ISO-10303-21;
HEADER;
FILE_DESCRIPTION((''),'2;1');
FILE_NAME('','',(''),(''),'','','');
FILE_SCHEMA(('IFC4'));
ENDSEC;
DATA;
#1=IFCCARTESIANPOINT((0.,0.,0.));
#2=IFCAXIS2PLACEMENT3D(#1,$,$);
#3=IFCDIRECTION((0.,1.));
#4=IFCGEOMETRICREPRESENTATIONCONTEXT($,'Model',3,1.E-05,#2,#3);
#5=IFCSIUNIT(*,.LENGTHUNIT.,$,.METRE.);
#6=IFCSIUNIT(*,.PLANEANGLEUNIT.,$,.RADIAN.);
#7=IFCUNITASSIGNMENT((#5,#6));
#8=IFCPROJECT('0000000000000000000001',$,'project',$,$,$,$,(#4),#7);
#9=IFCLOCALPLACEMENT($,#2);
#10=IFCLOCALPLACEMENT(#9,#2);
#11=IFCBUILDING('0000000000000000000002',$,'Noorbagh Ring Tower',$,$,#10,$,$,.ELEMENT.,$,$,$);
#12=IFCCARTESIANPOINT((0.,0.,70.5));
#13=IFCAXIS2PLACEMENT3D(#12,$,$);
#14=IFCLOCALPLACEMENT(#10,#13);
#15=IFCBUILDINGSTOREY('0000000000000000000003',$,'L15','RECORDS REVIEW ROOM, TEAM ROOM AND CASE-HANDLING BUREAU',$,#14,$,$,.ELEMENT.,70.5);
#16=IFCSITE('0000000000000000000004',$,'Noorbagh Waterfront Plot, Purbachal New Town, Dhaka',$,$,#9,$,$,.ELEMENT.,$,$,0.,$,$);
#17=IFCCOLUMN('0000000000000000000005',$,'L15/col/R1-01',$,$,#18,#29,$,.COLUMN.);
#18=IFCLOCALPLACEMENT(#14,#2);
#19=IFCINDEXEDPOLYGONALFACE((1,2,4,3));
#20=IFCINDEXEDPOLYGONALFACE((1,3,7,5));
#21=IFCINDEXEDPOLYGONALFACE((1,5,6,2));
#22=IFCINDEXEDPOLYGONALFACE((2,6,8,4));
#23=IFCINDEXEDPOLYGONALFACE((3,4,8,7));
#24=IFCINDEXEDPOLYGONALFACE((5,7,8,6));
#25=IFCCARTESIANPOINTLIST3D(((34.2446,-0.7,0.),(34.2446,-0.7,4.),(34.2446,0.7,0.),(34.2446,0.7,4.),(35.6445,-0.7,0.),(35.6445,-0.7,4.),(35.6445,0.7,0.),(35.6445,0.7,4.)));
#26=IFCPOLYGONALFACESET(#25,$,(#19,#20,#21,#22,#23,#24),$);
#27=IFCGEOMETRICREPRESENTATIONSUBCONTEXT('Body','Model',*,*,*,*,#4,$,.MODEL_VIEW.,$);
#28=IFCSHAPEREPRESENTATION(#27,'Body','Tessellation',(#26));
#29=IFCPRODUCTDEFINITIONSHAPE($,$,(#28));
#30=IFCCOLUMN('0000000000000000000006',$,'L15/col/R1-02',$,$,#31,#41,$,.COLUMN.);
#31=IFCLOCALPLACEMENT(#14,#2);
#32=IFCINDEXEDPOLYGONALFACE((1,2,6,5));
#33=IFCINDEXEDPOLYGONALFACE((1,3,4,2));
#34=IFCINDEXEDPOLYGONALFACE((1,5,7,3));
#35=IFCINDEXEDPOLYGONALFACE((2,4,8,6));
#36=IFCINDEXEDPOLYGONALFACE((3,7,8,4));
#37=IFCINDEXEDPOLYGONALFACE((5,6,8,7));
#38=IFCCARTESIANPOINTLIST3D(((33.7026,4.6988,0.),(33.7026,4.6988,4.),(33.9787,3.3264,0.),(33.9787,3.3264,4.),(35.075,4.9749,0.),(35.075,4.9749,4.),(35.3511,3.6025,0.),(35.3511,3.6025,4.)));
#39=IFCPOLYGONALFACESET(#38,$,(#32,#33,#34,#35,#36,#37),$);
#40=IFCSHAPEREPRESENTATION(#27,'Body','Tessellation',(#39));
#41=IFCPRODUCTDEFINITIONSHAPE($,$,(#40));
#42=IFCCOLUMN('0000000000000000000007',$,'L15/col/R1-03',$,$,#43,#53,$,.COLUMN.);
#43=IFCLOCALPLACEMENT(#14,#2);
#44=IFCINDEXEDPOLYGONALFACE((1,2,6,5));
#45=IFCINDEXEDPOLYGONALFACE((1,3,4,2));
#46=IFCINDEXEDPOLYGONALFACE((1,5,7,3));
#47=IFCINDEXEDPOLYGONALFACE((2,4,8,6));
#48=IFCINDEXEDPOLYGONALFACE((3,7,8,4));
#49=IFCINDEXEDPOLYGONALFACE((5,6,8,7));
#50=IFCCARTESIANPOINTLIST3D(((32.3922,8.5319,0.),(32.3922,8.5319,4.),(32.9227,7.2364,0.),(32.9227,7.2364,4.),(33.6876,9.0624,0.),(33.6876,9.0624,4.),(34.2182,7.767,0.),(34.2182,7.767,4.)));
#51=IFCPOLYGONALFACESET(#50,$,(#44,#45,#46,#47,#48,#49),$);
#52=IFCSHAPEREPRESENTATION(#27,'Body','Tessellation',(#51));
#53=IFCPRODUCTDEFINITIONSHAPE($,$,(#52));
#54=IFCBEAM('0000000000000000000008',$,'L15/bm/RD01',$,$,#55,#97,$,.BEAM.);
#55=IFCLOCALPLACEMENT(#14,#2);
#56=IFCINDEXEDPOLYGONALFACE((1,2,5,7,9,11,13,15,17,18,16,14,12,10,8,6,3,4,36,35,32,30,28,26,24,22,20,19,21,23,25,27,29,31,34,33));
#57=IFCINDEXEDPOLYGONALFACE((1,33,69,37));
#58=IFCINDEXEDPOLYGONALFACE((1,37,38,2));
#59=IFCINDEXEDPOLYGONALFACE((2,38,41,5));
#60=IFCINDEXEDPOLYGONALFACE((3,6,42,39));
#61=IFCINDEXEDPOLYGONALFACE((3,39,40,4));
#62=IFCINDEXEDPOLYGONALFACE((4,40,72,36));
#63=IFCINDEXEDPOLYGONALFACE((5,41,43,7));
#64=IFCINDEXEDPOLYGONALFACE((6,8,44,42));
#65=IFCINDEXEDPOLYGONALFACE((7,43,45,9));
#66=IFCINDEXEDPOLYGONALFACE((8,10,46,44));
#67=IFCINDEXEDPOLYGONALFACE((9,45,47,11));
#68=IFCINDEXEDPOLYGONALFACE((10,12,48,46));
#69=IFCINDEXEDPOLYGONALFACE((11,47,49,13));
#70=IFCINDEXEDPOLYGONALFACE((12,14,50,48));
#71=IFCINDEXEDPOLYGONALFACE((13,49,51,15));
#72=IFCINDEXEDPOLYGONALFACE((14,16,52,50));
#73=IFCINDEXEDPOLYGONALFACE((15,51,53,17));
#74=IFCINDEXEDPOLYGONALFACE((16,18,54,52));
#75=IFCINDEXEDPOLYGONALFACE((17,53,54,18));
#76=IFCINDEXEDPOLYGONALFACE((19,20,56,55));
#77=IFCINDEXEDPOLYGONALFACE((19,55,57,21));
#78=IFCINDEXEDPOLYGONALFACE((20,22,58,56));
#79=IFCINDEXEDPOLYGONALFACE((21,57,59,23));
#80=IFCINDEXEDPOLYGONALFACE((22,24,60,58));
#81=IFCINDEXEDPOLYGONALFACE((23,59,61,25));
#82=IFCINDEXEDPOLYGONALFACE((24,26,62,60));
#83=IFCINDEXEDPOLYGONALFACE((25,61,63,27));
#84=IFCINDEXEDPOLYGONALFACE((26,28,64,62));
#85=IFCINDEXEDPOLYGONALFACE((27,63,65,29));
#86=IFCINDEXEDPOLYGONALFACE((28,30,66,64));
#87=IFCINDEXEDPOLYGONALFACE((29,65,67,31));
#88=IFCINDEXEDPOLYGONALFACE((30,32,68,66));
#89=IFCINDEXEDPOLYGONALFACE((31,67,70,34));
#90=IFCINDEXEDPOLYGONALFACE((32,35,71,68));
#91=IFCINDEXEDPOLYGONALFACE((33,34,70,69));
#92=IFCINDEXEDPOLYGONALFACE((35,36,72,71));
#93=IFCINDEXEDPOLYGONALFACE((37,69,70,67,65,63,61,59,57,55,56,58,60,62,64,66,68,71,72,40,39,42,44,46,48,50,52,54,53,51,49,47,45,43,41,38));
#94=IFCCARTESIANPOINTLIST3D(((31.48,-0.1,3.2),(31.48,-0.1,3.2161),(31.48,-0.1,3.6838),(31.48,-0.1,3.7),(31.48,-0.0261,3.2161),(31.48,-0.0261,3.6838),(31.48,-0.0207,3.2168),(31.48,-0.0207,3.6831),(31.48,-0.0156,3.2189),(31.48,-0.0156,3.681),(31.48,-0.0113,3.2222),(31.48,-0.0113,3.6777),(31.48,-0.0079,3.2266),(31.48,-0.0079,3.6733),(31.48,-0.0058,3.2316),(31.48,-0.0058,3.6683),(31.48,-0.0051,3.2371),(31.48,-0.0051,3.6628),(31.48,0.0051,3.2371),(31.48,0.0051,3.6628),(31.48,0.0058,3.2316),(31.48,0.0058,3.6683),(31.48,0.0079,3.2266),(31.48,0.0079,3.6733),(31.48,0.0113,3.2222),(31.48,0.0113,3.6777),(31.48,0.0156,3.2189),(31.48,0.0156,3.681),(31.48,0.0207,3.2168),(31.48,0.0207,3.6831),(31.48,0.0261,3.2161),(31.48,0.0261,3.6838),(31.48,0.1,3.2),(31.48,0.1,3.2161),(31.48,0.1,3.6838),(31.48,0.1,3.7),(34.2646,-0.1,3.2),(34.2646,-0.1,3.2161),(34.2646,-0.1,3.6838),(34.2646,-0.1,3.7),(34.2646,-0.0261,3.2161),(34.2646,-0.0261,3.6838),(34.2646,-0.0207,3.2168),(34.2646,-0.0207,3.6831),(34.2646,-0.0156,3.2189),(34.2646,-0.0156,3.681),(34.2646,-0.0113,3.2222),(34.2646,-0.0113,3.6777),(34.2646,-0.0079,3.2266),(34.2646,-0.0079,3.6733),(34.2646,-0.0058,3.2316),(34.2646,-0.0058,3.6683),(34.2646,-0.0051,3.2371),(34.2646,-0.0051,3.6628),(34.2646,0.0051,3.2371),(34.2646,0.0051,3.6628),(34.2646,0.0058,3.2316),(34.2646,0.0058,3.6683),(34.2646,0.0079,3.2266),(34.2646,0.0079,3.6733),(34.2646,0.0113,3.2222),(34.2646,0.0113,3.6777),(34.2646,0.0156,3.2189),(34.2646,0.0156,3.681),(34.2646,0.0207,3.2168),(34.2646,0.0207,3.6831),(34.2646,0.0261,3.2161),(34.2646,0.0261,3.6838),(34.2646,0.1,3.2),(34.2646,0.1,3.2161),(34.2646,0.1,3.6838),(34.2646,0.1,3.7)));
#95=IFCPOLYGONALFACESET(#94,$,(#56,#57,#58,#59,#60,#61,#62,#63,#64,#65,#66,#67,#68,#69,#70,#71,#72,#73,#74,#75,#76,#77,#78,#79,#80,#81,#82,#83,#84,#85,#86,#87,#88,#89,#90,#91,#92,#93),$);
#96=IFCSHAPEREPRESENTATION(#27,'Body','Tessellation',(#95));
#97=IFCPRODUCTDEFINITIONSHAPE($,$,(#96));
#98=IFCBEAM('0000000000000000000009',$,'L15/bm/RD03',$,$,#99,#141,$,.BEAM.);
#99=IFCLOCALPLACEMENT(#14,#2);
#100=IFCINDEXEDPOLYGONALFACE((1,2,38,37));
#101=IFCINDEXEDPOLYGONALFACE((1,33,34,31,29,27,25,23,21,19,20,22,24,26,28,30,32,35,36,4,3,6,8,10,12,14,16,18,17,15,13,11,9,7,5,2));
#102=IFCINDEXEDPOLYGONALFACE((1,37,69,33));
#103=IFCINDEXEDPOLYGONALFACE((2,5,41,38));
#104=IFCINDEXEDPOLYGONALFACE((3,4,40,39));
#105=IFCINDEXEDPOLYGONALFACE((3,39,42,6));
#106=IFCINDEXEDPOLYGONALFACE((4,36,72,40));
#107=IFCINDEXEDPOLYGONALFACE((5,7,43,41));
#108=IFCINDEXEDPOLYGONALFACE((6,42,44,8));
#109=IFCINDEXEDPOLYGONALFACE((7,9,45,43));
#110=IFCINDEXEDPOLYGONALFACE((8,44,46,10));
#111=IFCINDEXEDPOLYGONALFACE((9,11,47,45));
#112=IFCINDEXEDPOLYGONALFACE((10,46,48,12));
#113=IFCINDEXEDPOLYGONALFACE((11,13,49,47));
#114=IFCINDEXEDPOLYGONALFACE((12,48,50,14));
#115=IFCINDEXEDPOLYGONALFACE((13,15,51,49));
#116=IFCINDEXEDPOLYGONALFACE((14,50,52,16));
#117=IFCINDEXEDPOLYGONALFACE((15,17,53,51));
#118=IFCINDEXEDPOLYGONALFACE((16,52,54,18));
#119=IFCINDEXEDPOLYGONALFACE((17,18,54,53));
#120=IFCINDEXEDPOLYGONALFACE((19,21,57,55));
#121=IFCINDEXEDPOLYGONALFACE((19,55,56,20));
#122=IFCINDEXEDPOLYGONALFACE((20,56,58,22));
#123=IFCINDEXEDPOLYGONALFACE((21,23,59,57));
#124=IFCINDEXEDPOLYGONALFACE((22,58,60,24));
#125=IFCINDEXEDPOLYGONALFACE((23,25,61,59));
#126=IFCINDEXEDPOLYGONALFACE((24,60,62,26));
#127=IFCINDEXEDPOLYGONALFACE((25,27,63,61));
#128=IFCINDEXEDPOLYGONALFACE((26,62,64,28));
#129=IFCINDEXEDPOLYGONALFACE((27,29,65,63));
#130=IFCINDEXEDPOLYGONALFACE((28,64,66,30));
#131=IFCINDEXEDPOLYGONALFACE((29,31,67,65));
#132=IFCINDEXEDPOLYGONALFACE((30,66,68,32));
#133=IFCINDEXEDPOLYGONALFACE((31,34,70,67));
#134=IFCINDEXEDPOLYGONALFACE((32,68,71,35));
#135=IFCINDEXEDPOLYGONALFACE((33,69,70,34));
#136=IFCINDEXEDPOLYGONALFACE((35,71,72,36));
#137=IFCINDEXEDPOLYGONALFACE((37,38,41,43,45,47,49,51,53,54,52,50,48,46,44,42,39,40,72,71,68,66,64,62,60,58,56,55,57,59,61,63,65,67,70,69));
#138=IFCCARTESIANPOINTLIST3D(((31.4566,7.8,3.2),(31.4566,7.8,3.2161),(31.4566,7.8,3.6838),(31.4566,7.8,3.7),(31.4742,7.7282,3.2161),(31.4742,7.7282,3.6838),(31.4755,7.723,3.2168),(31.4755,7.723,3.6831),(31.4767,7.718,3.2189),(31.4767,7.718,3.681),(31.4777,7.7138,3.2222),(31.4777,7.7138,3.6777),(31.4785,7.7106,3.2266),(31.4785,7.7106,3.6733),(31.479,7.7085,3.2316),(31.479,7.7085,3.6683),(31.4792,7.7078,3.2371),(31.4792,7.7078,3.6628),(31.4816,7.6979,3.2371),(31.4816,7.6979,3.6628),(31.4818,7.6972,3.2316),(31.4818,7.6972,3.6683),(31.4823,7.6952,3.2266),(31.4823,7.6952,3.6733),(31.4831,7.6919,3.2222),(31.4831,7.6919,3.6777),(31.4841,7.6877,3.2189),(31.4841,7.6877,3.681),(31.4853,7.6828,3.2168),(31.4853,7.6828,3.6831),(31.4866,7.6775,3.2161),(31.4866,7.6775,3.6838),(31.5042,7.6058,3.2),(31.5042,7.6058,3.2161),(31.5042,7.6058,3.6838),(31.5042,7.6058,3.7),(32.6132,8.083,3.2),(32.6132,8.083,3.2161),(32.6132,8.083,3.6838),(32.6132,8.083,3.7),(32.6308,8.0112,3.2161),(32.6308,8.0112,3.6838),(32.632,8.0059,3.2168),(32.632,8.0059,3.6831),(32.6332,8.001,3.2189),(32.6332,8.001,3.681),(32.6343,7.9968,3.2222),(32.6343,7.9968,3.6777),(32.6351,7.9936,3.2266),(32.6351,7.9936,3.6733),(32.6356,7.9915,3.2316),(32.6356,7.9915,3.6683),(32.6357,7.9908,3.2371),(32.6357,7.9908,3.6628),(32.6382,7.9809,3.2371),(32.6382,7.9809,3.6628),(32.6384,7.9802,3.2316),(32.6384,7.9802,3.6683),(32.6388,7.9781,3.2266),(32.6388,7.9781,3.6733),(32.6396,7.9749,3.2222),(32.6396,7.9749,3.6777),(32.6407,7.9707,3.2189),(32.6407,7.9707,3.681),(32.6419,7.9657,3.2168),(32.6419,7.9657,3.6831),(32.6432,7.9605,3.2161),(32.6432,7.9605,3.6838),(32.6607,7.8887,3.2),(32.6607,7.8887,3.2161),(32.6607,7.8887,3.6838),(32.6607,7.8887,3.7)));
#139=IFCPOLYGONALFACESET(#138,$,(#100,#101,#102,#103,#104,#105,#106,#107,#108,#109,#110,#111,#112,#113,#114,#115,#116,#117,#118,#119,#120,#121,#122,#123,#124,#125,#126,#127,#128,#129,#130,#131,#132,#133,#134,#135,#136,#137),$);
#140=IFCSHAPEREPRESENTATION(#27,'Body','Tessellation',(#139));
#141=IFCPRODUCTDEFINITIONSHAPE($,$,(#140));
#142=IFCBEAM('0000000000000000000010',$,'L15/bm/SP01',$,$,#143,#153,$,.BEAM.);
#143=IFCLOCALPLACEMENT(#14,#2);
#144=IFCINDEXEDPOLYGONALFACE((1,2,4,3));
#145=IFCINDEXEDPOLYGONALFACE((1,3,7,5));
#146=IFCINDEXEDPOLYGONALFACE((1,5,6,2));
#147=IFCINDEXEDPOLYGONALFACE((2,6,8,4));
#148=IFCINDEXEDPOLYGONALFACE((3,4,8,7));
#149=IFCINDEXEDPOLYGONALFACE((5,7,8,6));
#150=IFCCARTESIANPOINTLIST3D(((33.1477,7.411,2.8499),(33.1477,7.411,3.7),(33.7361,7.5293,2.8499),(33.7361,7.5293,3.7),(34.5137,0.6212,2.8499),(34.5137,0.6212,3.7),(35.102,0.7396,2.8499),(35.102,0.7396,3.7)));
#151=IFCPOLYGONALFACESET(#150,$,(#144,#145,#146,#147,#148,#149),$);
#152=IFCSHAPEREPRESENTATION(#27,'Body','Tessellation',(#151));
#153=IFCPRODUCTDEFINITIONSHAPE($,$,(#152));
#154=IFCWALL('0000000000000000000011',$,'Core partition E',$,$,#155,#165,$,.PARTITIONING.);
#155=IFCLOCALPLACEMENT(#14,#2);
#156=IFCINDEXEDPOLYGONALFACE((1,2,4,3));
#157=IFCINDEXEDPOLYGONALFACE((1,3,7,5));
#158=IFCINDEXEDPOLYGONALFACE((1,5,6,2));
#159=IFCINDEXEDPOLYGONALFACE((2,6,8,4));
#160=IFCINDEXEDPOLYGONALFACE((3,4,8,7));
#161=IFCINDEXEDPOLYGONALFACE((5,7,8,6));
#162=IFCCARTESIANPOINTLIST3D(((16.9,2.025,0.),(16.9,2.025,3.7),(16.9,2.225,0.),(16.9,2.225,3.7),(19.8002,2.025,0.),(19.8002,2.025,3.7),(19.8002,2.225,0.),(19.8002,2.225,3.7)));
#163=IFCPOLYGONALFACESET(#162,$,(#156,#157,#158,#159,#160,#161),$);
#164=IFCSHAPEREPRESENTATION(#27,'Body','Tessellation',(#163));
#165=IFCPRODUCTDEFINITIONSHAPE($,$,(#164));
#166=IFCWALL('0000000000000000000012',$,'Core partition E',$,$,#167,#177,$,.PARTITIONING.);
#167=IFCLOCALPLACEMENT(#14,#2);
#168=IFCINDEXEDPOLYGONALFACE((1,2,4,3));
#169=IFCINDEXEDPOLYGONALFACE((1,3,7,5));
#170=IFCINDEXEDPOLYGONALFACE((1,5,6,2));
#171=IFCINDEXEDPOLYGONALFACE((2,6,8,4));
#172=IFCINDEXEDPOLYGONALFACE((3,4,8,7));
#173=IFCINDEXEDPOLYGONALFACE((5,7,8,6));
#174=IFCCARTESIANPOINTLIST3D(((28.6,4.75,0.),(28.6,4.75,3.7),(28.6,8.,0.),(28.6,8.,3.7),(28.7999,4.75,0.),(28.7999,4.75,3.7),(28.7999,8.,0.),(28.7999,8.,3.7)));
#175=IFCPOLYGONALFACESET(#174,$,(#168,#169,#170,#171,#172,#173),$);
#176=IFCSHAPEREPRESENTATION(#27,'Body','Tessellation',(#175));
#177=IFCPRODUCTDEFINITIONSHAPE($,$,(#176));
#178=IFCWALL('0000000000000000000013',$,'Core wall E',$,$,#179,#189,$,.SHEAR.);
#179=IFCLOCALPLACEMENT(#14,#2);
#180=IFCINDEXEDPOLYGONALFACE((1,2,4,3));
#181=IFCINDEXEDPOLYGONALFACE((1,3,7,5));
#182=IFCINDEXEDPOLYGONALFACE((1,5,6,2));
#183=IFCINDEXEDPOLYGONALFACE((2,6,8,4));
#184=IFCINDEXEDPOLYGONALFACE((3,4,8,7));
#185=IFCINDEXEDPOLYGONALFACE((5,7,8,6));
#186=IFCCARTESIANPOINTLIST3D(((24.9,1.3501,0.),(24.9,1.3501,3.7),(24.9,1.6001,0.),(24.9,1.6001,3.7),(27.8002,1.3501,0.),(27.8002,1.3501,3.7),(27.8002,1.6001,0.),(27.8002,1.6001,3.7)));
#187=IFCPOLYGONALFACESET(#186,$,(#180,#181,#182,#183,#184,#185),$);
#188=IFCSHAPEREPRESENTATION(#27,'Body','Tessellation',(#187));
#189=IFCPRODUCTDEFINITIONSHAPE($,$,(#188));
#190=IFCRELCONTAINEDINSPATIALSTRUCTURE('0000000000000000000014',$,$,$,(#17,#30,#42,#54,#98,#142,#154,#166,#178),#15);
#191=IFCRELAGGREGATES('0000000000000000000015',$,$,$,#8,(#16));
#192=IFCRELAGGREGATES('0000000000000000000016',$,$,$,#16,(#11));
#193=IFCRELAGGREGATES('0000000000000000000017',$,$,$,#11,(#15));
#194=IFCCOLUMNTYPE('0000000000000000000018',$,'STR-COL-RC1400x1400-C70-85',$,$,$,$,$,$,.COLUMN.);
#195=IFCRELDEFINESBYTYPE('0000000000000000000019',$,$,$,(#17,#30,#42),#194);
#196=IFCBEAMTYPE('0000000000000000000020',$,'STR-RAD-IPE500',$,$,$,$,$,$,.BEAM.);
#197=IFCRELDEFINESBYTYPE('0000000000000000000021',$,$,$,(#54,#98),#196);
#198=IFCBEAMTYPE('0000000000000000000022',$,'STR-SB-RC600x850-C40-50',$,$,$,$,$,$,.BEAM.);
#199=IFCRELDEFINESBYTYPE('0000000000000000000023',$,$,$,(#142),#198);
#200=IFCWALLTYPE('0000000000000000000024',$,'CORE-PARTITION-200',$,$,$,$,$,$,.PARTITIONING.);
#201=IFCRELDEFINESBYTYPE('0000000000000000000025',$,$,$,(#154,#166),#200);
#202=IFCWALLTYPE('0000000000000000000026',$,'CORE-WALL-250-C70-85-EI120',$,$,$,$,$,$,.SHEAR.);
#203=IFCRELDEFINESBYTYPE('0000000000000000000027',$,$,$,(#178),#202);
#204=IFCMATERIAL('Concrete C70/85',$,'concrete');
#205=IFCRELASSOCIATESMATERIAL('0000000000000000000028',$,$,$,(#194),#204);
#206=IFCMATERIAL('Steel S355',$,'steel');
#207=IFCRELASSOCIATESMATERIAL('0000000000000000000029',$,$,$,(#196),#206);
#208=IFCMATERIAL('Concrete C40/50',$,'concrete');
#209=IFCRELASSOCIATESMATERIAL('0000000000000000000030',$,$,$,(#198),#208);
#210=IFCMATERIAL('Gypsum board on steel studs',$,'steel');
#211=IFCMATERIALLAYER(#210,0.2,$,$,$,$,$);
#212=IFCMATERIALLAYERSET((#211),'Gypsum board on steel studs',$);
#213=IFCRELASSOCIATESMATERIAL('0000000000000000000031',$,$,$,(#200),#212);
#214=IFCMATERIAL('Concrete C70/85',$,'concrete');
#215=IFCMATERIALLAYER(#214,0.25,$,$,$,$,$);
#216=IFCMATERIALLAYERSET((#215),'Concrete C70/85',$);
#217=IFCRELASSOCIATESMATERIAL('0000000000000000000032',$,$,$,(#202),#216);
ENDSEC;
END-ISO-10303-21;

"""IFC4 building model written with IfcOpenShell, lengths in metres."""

from ifc_helpers import new_model, si_unit, direction, frame, frame_2d, origin, origin_2d, place, context, subcontext, project, spatial, rectangle, i_section, extrude, material, layer, layer_set, material_profile, profile_set, type_object, element, save


model = new_model("IFC4")

# Units and contexts
model_context = context("Model", 3, precision=1e-05, world=origin(), true_north=direction((0.0, 1.0)))
body_context = subcontext(model_context, "Body", "Model", "MODEL_VIEW")
ifc_project = project(units=[si_unit("LENGTHUNIT", "METRE"), si_unit("PLANEANGLEUNIT", "RADIAN")], contexts=[model_context])

# Site, building, storey
site_placement = place(None, origin())
site = spatial("IfcSite", under=ifc_project, at=site_placement, Name="Noorbagh Waterfront Plot, Purbachal New Town, Dhaka", CompositionType="ELEMENT", RefElevation=0.0)
building_placement = place(site_placement, origin())
building = spatial("IfcBuilding", under=site, at=building_placement, Name="Noorbagh Ring Tower", CompositionType="ELEMENT")
storey_placement = place(building_placement, frame((0.0, 0.0, 70.5)))
storey = spatial("IfcBuildingStorey", under=building, at=storey_placement, Name="L15", Description="RECORDS REVIEW ROOM, TEAM ROOM AND CASE-HANDLING BUREAU", CompositionType="ELEMENT", Elevation=70.5)

# Columns
ifc_material_1 = material(Name="Concrete C70/85", Category="concrete")
ifc_material_profile_1 = material_profile(ifc_material_1, rectangle(XDim=1.3999, YDim=1.3999, at=origin_2d()), Name="RC1400x1400")
ifc_profile_set_1 = profile_set([ifc_material_profile_1], Name="Concrete C70/85")
column_type = type_object("IfcColumnType", Name="STR-COL-RC1400x1400-C70-85", PredefinedType="COLUMN", material=ifc_profile_set_1)
for number, where, z_axis, x_axis, name in (
    (1, (34.9446, 0.0, 0.0), (0.0, 0.0, 1.0), (0.0, 1.0, 0.0), "L15/col/R1-01"),
    (2, (34.5269, 4.1506, 0.0), (0.0, 0.0, 1.0), (-0.19723, 0.980357, 0.0), "L15/col/R1-02"),
    (3, (33.3052, 8.1494, 0.0), (0.0, 0.0, 1.0), (-0.378989, 0.925401, 0.0), "L15/col/R1-03"),
):
    element("IfcColumn", number, at=place(storey_placement, frame(where, z_axis=z_axis, x_axis=x_axis)), inside=storey, type_object=column_type, Name=name, PredefinedType="COLUMN", context=body_context, shape_type="SweptSolid", body=[
        extrude(rectangle(XDim=1.3999, YDim=1.3999, at=origin_2d()), origin(), (0.0, 0.0, 1.0), 4.0),
    ])

# Beams
ifc_material_2 = material(Name="Steel S355", Category="steel")
ifc_material_profile_2 = material_profile(ifc_material_2, i_section(OverallWidth=0.2, OverallDepth=0.5, WebThickness=0.0103, FlangeThickness=0.0161, FilletRadius=0.021, at=origin_2d()), Name="IPE500")
ifc_profile_set_2 = profile_set([ifc_material_profile_2], Name="Steel S355")
beam_type_1 = type_object("IfcBeamType", Name="STR-RAD-IPE500", PredefinedType="BEAM", material=ifc_profile_set_2)
beam_1_placement = place(storey_placement, frame((34.2646, 0.0, 3.45), z_axis=(-1.0, 0.0, 0.0), x_axis=(0.0, -1.0, 0.0)))
element("IfcBeam", 4, at=beam_1_placement, inside=storey, type_object=beam_type_1, Name="L15/bm/RD01", PredefinedType="BEAM", context=body_context, shape_type="SweptSolid", body=[
    extrude(i_section(OverallWidth=0.2, OverallDepth=0.5, WebThickness=0.0103, FlangeThickness=0.0161, FilletRadius=0.021, at=origin_2d()), origin(), (0.0, 0.0, 1.0), 2.7847),
])
beam_2_placement = place(storey_placement, frame((32.637, 7.9858, 3.45), z_axis=(-0.971349, -0.237659, 0.0), x_axis=(0.237659, -0.971349, 0.0)))
element("IfcBeam", 5, at=beam_2_placement, inside=storey, type_object=beam_type_1, Name="L15/bm/RD03", PredefinedType="BEAM", context=body_context, shape_type="SweptSolid", body=[
    extrude(i_section(OverallWidth=0.2, OverallDepth=0.5, WebThickness=0.0103, FlangeThickness=0.0161, FilletRadius=0.021, at=origin_2d()), origin(), (0.0, 0.0, 1.0), 1.1907),
])
ifc_material_3 = material(Name="Concrete C40/50", Category="concrete")
ifc_material_profile_3 = material_profile(ifc_material_3, rectangle(XDim=0.6001, YDim=0.8501, at=origin_2d()), Name="RC600x850")
ifc_profile_set_3 = profile_set([ifc_material_profile_3], Name="Concrete C40/50")
beam_type_2 = type_object("IfcBeamType", Name="STR-SB-RC600x850-C40-50", PredefinedType="BEAM", material=ifc_profile_set_3)
beam_3_placement = place(storey_placement, frame((34.8079, 0.6804, 3.2749), z_axis=(-0.197228, 0.980358, 0.0), x_axis=(-0.980358, -0.197228, 0.0)))
element("IfcBeam", 6, at=beam_3_placement, inside=storey, type_object=beam_type_2, Name="L15/bm/SP01", PredefinedType="BEAM", context=body_context, shape_type="SweptSolid", body=[
    extrude(rectangle(XDim=0.6001, YDim=0.8501, at=origin_2d()), origin(), (0.0, 0.0, 1.0), 6.9258),
])

# Walls
ifc_material_4 = material(Name="Gypsum board on steel studs", Category="steel")
ifc_layer_1 = layer(ifc_material_4, 0.2)
ifc_layer_set_1 = layer_set([ifc_layer_1], Name="Gypsum board on steel studs")
wall_type_1 = type_object("IfcWallType", Name="CORE-PARTITION-200", PredefinedType="PARTITIONING", material=ifc_layer_set_1)
wall_1_placement = place(storey_placement, frame((16.8999, 2.125, 0.0), z_axis=(0.0, 0.0, 1.0), x_axis=(1.0, 0.0, 0.0)))
element("IfcWall", 7, at=wall_1_placement, inside=storey, type_object=wall_type_1, Name="Core partition E", PredefinedType="PARTITIONING", context=body_context, shape_type="SweptSolid", body=[
    extrude(rectangle(XDim=2.9001, YDim=0.2, at=frame_2d((1.4502, 0.0))), origin(), (0.0, 0.0, 1.0), 3.7),
])
wall_2_placement = place(storey_placement, frame((28.7, 4.75, 0.0), z_axis=(0.0, 0.0, 1.0), x_axis=(0.0, 1.0, 0.0)))
element("IfcWall", 8, at=wall_2_placement, inside=storey, type_object=wall_type_1, Name="Core partition E", PredefinedType="PARTITIONING", context=body_context, shape_type="SweptSolid", body=[
    extrude(rectangle(XDim=3.25, YDim=0.2, at=frame_2d((1.625, 0.0))), origin(), (0.0, 0.0, 1.0), 3.7),
])
ifc_material_5 = material(Name="Concrete C70/85", Category="concrete")
ifc_layer_2 = layer(ifc_material_5, 0.25)
ifc_layer_set_2 = layer_set([ifc_layer_2], Name="Concrete C70/85")
wall_type_2 = type_object("IfcWallType", Name="CORE-WALL-250-C70-85-EI120", PredefinedType="SHEAR", material=ifc_layer_set_2)
wall_3_placement = place(storey_placement, frame((24.8999, 1.4751, 0.0), z_axis=(0.0, 0.0, 1.0), x_axis=(1.0, 0.0, 0.0)))
element("IfcWall", 9, at=wall_3_placement, inside=storey, type_object=wall_type_2, Name="Core wall E", PredefinedType="SHEAR", context=body_context, shape_type="SweptSolid", body=[
    extrude(rectangle(XDim=2.9001, YDim=0.25, at=frame_2d((1.4502, 0.0))), origin(), (0.0, 0.0, 1.0), 3.7),
])

save(model, "model.ifc")
